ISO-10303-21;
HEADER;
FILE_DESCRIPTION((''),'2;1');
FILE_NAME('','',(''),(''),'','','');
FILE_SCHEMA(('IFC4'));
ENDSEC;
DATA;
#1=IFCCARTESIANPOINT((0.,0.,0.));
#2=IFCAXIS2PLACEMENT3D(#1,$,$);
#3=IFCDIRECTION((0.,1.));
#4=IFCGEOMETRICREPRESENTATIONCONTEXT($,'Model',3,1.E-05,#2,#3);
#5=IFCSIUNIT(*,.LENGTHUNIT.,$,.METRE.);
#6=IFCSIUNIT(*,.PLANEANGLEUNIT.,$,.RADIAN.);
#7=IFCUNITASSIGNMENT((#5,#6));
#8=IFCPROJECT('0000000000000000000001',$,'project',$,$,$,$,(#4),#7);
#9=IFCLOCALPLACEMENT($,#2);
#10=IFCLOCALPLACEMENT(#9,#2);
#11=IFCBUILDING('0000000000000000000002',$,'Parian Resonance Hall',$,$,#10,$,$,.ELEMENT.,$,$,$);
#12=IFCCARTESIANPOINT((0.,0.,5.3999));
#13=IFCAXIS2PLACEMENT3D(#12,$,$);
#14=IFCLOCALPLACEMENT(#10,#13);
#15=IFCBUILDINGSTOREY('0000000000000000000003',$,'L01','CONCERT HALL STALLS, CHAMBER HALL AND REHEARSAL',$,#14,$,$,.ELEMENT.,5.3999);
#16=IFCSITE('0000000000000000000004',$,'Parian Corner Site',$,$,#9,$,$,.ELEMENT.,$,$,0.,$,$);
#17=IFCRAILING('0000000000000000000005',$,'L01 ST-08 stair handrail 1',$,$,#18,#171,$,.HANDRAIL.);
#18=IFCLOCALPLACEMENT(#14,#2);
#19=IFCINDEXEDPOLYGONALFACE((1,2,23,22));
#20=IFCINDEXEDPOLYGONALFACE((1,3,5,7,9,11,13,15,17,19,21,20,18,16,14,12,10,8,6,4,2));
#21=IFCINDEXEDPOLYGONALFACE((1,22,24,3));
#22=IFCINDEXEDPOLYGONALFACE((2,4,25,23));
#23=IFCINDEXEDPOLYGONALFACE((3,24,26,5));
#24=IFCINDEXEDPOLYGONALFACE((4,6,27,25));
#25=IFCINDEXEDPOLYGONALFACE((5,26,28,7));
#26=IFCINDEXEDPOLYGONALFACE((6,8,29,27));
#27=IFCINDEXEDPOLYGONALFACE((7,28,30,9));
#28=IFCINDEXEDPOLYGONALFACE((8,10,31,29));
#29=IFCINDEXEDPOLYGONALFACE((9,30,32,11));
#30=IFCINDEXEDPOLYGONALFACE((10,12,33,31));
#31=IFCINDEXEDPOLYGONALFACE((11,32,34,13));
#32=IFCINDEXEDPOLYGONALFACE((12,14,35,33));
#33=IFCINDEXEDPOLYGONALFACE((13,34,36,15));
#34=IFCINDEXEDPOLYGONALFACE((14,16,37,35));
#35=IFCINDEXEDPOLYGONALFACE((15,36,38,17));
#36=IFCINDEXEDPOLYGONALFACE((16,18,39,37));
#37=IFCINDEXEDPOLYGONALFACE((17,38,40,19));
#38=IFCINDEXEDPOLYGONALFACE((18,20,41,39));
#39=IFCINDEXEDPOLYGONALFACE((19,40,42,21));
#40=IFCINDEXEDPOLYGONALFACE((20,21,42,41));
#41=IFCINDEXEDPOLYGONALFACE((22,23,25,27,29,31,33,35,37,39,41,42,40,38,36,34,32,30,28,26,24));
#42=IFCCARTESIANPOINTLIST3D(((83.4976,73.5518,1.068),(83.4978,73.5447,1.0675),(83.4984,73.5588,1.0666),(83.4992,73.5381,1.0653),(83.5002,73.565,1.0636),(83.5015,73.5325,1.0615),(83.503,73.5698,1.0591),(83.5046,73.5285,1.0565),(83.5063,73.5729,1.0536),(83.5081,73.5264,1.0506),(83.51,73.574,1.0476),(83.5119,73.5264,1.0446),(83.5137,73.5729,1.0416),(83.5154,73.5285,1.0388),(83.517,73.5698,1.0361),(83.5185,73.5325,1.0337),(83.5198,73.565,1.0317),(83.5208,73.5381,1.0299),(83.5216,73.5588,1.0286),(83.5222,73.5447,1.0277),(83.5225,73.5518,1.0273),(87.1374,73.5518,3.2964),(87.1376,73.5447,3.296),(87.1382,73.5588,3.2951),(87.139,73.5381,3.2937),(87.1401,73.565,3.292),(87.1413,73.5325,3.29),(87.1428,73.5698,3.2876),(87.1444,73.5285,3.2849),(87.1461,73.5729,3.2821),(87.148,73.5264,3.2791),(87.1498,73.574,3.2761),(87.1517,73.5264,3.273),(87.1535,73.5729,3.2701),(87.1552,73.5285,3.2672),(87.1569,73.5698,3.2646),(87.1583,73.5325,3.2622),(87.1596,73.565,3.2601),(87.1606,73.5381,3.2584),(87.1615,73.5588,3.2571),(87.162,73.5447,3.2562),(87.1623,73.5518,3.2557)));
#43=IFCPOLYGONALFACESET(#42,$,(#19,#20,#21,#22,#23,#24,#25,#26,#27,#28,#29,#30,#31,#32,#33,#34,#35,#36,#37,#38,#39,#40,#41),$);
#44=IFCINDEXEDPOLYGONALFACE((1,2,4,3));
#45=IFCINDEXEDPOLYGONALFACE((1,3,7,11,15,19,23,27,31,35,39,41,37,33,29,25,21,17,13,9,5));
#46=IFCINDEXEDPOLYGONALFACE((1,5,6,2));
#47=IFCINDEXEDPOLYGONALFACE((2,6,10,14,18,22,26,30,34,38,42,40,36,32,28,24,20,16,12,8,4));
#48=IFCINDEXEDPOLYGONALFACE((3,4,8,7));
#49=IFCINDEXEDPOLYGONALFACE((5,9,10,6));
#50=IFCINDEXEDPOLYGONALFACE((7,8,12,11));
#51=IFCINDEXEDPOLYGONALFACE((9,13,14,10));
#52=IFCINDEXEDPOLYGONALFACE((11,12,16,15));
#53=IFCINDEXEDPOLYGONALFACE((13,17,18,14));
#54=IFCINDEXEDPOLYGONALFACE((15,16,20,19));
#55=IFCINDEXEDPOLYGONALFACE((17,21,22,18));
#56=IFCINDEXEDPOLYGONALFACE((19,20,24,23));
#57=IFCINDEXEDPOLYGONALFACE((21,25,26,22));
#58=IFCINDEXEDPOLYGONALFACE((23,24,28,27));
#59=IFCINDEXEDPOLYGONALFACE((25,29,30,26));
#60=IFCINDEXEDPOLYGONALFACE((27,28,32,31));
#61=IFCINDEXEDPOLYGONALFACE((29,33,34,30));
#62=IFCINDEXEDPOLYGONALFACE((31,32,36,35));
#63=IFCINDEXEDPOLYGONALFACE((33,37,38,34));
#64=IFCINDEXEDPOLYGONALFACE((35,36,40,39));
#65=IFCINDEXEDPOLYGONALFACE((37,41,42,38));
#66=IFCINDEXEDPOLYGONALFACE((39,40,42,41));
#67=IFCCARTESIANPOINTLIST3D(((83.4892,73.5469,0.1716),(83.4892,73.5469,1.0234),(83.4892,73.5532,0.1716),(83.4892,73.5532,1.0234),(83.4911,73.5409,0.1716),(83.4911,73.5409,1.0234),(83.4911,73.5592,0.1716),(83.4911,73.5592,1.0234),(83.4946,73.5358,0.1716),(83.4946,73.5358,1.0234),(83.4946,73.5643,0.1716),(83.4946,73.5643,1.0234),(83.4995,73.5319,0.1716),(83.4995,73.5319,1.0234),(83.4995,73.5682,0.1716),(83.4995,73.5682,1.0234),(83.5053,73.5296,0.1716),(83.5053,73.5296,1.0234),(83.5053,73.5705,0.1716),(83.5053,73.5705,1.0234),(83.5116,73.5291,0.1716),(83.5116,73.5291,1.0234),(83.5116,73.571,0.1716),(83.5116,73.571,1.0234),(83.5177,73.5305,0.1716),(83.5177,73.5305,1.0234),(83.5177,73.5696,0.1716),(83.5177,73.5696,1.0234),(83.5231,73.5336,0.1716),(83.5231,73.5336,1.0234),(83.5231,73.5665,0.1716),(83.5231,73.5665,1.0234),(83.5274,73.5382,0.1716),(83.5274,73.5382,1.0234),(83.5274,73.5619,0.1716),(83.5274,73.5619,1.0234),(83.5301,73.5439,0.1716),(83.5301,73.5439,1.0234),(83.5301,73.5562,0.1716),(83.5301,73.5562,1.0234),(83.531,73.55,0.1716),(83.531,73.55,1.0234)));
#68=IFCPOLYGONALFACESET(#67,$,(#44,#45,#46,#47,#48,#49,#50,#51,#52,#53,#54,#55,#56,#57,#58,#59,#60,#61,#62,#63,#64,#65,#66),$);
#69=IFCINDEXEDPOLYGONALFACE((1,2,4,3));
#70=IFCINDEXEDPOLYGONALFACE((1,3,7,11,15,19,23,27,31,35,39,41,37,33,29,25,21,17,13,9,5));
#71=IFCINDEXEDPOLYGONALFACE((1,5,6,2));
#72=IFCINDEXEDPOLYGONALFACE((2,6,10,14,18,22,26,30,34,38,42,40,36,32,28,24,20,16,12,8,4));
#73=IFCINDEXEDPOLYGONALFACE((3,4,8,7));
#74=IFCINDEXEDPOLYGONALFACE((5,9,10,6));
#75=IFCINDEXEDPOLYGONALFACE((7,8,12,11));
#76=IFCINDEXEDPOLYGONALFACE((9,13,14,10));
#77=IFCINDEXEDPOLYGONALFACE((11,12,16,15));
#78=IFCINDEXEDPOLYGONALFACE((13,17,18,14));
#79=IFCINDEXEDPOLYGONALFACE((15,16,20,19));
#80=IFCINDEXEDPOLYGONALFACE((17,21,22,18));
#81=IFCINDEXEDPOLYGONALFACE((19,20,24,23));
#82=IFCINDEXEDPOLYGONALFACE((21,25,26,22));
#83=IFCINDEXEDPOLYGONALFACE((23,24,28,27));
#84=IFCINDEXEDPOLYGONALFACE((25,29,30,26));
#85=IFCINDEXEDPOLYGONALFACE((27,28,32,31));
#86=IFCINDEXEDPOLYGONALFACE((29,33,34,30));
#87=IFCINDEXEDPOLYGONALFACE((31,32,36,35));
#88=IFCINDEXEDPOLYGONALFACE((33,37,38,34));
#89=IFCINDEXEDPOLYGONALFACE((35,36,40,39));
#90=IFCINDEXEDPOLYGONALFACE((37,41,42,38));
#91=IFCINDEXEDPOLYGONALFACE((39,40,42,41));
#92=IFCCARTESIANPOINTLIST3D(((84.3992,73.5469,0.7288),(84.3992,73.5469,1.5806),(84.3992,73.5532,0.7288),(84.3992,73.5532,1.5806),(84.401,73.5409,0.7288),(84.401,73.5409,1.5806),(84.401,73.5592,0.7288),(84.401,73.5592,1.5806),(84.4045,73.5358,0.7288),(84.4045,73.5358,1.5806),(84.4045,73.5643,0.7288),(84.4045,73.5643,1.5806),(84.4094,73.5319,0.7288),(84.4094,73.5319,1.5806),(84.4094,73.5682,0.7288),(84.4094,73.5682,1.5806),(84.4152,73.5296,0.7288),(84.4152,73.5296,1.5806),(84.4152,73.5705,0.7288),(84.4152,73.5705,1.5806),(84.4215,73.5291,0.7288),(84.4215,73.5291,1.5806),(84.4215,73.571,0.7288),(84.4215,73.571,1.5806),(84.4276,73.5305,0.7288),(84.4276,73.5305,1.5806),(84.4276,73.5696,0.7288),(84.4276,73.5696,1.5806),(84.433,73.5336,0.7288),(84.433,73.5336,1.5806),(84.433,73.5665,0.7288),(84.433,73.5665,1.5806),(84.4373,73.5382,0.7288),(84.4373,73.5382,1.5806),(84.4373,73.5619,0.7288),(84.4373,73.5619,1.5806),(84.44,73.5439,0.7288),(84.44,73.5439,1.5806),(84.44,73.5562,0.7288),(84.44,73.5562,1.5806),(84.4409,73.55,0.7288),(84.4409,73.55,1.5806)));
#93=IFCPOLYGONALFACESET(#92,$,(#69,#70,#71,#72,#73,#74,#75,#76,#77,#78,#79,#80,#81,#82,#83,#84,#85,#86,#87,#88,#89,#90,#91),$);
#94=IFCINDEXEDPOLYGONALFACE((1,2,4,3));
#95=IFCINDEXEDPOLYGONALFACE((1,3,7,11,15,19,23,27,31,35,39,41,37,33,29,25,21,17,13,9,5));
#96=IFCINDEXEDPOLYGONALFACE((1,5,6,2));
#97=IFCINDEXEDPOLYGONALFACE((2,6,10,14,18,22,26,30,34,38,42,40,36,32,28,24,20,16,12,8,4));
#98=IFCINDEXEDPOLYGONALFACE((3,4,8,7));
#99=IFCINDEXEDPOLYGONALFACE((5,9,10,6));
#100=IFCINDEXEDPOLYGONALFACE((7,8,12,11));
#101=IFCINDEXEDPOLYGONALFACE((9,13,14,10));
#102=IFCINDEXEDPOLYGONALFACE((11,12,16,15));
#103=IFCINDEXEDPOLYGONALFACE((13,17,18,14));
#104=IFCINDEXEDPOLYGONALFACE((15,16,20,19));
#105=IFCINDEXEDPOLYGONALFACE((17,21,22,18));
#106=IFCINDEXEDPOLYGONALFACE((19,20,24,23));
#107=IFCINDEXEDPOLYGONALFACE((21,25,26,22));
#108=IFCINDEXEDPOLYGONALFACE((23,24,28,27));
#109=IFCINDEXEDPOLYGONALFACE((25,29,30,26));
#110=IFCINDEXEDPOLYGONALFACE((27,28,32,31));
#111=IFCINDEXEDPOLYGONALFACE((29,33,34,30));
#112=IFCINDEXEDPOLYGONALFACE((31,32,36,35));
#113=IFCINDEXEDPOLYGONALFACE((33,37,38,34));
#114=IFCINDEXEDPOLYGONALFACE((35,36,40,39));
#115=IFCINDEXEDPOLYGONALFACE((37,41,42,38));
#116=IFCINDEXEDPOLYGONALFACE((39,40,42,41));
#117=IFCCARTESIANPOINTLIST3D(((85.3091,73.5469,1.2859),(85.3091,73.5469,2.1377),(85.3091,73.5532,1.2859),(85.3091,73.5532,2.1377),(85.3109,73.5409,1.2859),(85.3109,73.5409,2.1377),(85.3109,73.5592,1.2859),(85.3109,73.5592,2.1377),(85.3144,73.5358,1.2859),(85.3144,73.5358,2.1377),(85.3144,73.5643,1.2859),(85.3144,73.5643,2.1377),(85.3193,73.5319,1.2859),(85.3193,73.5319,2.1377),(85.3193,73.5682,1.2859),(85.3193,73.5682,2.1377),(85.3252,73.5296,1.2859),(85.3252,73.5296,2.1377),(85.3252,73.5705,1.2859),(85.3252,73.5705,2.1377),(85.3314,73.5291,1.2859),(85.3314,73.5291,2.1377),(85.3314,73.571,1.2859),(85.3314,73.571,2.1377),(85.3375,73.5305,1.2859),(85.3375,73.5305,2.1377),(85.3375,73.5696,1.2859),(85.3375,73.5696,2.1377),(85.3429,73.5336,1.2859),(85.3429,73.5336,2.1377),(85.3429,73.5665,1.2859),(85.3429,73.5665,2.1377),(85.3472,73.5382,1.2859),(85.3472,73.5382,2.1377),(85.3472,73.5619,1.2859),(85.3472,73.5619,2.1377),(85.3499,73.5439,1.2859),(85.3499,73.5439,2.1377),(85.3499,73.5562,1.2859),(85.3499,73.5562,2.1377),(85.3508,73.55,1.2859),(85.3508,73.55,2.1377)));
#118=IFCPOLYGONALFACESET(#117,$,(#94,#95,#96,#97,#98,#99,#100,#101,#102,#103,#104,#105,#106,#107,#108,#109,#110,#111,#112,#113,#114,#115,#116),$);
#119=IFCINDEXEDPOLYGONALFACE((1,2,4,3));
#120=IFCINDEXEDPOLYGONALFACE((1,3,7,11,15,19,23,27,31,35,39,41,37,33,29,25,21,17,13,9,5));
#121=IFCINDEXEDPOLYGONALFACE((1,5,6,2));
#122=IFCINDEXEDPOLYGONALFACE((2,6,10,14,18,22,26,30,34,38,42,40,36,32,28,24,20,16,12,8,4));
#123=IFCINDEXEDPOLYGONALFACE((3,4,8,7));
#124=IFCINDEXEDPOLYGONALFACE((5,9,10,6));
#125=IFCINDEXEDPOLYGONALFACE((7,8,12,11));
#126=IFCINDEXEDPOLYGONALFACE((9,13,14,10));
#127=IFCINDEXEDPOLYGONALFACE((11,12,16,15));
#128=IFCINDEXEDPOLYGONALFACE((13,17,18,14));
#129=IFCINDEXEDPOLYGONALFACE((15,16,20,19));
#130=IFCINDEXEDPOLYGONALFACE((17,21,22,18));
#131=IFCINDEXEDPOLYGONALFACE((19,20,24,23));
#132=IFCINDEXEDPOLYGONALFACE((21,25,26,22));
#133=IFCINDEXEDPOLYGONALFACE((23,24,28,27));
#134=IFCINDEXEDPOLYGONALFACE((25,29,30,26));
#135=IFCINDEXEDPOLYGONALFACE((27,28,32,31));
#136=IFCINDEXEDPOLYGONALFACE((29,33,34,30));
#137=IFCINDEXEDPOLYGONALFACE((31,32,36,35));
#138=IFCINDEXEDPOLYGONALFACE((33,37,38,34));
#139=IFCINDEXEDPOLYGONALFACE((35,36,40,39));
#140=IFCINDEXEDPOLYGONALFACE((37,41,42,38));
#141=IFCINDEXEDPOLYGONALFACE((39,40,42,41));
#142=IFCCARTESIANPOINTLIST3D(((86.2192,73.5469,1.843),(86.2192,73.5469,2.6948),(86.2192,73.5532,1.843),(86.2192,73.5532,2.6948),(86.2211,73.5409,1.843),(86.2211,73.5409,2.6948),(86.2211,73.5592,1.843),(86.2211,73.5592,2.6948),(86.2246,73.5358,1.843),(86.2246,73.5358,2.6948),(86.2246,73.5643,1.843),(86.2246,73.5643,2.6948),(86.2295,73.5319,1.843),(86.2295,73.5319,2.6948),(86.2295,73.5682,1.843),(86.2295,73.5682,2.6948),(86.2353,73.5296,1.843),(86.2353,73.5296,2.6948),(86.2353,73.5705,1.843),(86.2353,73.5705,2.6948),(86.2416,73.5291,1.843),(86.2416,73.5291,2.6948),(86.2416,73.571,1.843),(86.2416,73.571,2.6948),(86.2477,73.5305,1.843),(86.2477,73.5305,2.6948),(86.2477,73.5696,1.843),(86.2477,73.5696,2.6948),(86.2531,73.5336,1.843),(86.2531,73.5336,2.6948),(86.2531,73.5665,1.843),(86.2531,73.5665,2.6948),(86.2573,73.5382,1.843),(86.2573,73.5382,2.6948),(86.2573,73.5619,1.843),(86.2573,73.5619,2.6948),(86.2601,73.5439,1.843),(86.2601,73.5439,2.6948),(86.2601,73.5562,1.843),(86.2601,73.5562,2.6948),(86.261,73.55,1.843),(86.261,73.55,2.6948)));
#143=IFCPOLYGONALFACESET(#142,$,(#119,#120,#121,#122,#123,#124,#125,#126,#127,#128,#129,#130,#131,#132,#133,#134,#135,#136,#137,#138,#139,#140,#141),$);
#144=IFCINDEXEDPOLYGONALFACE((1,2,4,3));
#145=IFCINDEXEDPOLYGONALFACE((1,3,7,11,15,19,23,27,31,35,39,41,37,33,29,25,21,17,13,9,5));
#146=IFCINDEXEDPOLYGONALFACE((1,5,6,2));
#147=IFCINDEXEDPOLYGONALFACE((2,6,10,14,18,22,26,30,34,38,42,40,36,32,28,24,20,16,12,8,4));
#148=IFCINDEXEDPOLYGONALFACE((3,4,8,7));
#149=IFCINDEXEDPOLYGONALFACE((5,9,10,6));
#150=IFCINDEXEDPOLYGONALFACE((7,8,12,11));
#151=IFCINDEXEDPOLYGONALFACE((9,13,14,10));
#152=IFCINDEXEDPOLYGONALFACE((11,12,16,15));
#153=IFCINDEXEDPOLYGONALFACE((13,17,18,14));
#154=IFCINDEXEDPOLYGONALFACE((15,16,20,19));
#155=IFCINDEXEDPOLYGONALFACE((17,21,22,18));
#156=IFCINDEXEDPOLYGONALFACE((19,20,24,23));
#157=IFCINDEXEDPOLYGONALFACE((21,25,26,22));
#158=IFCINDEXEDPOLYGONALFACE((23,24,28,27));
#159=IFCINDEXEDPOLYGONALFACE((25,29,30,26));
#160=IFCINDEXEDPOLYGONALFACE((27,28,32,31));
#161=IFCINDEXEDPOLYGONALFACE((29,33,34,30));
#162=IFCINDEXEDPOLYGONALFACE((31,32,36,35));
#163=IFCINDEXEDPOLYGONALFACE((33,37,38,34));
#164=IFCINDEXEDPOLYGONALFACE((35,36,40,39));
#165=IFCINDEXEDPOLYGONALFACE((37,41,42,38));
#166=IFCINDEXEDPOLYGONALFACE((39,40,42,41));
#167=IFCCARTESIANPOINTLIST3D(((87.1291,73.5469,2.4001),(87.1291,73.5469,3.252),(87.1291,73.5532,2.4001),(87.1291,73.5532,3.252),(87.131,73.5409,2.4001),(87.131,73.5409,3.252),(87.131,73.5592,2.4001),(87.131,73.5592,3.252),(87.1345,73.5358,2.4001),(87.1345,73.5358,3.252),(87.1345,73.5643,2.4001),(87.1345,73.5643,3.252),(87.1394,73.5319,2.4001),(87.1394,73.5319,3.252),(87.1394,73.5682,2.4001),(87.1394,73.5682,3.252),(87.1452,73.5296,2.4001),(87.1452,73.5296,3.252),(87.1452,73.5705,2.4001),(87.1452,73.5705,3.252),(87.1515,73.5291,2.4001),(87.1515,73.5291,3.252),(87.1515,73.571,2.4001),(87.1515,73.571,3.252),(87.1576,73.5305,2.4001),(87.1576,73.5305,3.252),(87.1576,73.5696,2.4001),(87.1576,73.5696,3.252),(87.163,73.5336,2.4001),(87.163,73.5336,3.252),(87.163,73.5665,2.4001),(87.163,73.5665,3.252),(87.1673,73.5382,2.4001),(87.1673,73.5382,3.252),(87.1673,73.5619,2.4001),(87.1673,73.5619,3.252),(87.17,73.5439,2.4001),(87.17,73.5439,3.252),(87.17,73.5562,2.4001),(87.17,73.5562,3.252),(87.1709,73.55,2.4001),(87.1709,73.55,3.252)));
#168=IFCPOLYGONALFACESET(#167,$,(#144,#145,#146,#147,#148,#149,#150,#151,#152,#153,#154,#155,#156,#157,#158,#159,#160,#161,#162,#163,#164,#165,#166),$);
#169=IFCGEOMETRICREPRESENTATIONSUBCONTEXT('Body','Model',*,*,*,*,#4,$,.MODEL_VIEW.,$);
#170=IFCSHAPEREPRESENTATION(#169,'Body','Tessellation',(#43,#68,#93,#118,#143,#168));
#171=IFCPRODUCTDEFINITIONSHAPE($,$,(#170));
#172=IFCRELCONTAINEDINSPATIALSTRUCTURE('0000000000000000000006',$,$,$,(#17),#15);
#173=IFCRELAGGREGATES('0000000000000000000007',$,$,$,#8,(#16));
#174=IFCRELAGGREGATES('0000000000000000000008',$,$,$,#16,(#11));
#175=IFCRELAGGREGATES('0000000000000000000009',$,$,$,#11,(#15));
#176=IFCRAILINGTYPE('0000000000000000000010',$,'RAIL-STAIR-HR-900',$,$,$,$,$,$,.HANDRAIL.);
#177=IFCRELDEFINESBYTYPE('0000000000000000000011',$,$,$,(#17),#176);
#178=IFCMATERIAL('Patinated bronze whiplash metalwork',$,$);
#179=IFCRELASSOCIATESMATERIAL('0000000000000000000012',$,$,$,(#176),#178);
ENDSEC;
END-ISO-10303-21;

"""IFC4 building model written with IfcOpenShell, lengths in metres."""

from ifc_helpers import new_model, si_unit, direction, frame, origin, origin_2d, place, context, subcontext, project, spatial, circle, extrude, material, type_object, element, save


model = new_model("IFC4")

# Units and contexts
model_context = context("Model", 3, precision=1e-05, world=origin(), true_north=direction((0.0, 1.0)))
body_context = subcontext(model_context, "Body", "Model", "MODEL_VIEW")
ifc_project = project(units=[si_unit("LENGTHUNIT", "METRE"), si_unit("PLANEANGLEUNIT", "RADIAN")], contexts=[model_context])

# Site, building, storey
site_placement = place(None, origin())
site = spatial("IfcSite", under=ifc_project, at=site_placement, Name="Parian Corner Site", CompositionType="ELEMENT", RefElevation=0.0)
building_placement = place(site_placement, origin())
building = spatial("IfcBuilding", under=site, at=building_placement, Name="Parian Resonance Hall", CompositionType="ELEMENT")
storey_placement = place(building_placement, frame((0.0, 0.0, 5.3999)))
storey = spatial("IfcBuildingStorey", under=building, at=storey_placement, Name="L01", Description="CONCERT HALL STALLS, CHAMBER HALL AND REHEARSAL", CompositionType="ELEMENT", Elevation=5.3999)

# Railing
ifc_material_1 = material(Name="Patinated bronze whiplash metalwork")
railing_type_1 = type_object("IfcRailingType", Name="RAIL-STAIR-HR-900", PredefinedType="HANDRAIL", material=ifc_material_1)
railing_1_placement = place(storey_placement, frame((83.51, 73.55, 0.1716)))
element("IfcRailing", 1, at=railing_1_placement, inside=storey, type_object=railing_type_1, Name="L01 ST-08 stair handrail 1", PredefinedType="HANDRAIL", context=body_context, shape_type="SweptSolid", body=[
    extrude(circle(Radius=0.0239, at=origin_2d()), frame((0.0, 0.0, 0.876), z_axis=(0.85285, 0.0, 0.522156), x_axis=(0.0, 1.0, 0.0)), (0.0, 0.0, 1.0), 4.2678),
    extrude(circle(Radius=0.021, at=origin_2d()), origin(), (0.0, 0.0, 1.0), 0.8518),
    extrude(circle(Radius=0.021, at=origin_2d()), frame((0.9099, 0.0, 0.5571)), (0.0, 0.0, 1.0), 0.8518),
    extrude(circle(Radius=0.021, at=origin_2d()), frame((1.8198, 0.0, 1.1143)), (0.0, 0.0, 1.0), 0.8518),
    extrude(circle(Radius=0.021, at=origin_2d()), frame((2.73, 0.0, 1.6714)), (0.0, 0.0, 1.0), 0.8518),
    extrude(circle(Radius=0.021, at=origin_2d()), frame((3.6399, 0.0, 2.2285)), (0.0, 0.0, 1.0), 0.8518),
])

save(model, "model.ifc")
